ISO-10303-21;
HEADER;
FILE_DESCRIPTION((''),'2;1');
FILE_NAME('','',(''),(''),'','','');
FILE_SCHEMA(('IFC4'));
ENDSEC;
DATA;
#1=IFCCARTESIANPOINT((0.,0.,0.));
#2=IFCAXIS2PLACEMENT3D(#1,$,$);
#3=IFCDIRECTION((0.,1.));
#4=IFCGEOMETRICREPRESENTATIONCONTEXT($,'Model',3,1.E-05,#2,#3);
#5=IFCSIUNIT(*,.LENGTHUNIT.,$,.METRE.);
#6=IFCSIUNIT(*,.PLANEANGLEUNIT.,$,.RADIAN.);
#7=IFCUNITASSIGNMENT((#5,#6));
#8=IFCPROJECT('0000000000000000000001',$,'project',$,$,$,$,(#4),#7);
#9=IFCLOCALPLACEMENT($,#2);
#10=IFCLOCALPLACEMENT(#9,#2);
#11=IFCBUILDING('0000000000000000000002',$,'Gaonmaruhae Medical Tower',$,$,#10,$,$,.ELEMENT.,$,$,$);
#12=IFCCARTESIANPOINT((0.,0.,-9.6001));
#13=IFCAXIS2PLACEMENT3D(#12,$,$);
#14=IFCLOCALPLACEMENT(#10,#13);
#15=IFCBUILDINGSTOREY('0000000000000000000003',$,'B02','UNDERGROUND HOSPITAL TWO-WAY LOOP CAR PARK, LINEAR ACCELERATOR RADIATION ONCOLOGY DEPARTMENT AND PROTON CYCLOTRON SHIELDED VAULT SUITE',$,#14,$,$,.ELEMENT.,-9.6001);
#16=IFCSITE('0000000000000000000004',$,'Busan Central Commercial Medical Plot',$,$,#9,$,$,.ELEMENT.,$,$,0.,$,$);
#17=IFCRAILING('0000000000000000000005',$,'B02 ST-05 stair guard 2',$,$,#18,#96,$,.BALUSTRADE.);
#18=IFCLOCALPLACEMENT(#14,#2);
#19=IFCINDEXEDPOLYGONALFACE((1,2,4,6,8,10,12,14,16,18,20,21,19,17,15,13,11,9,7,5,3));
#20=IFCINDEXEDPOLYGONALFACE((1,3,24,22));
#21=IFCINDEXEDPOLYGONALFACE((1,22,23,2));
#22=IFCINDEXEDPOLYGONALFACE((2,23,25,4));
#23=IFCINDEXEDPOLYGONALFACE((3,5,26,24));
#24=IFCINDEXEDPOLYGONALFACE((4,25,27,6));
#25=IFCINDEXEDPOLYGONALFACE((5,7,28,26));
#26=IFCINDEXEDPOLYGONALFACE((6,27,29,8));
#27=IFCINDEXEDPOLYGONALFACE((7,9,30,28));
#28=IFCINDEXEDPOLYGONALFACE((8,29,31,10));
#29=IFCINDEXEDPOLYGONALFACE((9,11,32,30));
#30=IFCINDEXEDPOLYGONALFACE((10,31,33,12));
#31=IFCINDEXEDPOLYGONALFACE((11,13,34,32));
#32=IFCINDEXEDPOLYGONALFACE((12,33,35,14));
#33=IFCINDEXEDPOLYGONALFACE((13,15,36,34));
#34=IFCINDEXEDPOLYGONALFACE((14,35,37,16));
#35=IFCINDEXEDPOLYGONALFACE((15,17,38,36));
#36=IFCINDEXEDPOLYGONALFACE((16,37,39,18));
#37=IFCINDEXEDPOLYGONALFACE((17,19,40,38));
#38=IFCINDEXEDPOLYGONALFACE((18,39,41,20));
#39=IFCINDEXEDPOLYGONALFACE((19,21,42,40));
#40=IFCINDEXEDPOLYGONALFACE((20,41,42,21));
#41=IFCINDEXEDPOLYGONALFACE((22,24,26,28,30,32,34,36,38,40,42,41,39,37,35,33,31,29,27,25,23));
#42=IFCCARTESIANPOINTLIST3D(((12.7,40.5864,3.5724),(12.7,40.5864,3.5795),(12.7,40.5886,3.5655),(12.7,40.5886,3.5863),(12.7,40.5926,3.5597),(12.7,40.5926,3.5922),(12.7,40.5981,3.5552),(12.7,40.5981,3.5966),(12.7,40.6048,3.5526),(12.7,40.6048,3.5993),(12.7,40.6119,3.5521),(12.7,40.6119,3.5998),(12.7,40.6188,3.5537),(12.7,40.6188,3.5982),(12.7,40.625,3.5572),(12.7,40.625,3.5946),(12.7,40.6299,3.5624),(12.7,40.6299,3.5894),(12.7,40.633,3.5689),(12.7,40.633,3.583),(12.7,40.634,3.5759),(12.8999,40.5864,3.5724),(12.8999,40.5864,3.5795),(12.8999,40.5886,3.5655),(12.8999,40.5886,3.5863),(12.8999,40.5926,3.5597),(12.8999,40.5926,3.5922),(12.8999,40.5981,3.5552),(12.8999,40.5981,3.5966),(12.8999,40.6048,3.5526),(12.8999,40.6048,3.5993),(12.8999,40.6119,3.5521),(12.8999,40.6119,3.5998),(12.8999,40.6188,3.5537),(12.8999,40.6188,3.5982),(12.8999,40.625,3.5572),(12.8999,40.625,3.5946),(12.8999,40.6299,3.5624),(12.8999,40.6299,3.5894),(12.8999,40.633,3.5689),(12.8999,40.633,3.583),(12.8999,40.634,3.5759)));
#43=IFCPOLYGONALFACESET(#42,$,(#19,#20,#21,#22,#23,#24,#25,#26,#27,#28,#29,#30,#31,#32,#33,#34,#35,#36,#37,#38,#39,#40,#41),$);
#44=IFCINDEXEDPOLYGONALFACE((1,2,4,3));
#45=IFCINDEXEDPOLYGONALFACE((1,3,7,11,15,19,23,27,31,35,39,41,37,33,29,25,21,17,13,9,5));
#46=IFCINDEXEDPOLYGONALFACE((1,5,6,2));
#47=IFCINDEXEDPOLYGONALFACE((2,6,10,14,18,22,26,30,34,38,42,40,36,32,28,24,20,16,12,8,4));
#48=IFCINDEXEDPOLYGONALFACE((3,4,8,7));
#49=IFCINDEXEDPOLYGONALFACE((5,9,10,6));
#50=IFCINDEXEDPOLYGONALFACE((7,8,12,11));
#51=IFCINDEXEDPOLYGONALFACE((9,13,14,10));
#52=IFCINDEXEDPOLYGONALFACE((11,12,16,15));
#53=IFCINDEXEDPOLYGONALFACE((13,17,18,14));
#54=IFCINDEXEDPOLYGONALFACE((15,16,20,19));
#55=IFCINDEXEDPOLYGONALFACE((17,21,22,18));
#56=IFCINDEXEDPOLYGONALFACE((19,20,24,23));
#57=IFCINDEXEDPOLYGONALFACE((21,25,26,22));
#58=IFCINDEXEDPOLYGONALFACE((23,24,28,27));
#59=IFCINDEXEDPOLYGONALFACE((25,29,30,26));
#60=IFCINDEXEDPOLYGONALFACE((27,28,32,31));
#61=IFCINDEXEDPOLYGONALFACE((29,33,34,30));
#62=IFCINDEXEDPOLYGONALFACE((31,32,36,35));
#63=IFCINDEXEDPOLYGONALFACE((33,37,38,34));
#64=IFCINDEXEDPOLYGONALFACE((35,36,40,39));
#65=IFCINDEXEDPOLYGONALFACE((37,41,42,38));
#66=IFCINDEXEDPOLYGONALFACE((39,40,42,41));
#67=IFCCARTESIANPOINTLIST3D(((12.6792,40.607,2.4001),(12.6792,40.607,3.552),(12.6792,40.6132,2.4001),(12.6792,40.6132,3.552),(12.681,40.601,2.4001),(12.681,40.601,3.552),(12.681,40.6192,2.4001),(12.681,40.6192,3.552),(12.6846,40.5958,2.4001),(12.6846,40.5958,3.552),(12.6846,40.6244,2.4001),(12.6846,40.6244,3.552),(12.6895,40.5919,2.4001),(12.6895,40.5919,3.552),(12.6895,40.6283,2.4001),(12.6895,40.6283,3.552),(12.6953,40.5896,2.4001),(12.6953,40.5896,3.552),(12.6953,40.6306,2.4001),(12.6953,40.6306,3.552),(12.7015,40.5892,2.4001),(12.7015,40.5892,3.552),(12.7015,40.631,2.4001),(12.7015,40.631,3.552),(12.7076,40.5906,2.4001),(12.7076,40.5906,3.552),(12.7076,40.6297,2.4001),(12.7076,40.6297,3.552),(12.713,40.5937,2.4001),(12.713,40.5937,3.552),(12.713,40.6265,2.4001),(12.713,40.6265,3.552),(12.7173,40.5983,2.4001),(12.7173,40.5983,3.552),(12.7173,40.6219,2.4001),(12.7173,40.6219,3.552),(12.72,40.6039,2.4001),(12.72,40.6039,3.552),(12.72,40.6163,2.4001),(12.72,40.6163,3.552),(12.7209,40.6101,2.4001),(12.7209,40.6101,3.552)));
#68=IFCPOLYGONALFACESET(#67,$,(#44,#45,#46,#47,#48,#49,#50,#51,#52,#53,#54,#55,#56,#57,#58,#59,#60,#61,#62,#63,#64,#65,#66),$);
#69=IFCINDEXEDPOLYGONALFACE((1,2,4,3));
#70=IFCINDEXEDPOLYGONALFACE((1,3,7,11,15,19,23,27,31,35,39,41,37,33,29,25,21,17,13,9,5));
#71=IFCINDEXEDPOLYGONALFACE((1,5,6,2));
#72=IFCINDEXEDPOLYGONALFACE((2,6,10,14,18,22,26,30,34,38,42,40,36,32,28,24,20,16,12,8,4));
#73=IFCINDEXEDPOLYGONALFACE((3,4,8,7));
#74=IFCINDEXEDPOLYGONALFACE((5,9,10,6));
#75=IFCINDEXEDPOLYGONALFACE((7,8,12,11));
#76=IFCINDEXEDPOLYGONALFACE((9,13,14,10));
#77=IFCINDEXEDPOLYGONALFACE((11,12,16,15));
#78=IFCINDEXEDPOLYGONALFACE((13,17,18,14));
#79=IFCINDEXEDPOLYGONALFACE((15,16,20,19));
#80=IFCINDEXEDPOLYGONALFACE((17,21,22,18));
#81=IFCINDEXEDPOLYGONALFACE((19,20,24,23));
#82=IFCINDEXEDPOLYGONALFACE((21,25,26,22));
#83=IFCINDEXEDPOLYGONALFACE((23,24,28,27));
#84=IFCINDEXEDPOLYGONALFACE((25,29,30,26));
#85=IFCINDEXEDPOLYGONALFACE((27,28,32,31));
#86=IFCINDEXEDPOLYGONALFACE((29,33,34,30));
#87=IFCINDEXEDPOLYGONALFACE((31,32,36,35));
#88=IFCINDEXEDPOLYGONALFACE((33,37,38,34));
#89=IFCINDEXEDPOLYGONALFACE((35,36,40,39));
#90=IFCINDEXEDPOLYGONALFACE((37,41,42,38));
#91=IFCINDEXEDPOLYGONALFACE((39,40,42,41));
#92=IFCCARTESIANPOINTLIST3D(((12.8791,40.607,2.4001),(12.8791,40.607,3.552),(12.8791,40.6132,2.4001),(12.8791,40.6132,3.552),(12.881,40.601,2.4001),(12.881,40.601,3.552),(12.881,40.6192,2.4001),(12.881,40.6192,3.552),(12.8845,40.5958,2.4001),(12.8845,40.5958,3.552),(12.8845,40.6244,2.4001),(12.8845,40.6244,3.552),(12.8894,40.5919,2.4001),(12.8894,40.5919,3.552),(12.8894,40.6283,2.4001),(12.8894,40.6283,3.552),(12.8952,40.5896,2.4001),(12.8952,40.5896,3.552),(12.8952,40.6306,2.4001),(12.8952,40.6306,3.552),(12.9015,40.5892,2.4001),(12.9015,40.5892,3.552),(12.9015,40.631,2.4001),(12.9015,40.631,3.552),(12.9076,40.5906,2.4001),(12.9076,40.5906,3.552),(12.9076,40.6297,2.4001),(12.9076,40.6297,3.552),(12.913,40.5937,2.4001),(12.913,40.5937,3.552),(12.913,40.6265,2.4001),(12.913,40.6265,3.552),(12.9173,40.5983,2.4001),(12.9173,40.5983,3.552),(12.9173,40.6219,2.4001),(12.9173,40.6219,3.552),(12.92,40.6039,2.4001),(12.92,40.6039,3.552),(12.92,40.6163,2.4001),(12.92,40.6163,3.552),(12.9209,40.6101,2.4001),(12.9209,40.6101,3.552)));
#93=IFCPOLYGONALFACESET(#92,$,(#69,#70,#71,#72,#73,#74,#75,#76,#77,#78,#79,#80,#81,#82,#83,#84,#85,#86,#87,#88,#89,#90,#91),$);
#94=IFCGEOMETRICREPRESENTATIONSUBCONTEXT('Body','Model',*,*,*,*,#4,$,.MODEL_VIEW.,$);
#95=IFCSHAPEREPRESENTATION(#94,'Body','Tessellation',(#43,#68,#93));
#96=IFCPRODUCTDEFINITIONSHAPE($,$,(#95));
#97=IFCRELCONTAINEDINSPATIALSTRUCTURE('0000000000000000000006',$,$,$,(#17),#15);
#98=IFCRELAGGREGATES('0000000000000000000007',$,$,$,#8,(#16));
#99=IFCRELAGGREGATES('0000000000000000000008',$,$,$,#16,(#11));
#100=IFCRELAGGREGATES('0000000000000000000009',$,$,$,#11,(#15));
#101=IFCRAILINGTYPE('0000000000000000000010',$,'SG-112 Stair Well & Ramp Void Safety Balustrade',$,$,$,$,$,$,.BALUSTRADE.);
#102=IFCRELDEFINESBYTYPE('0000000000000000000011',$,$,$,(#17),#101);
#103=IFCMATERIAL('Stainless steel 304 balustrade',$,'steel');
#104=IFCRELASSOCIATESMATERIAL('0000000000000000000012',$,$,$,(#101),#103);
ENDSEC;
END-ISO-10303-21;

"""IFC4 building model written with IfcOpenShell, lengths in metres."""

from ifc_helpers import new_model, si_unit, direction, frame, origin, origin_2d, place, context, subcontext, project, spatial, circle, extrude, material, type_object, element, save


model = new_model("IFC4")

# Units and contexts
model_context = context("Model", 3, precision=1e-05, world=origin(), true_north=direction((0.0, 1.0)))
body_context = subcontext(model_context, "Body", "Model", "MODEL_VIEW")
ifc_project = project(units=[si_unit("LENGTHUNIT", "METRE"), si_unit("PLANEANGLEUNIT", "RADIAN")], contexts=[model_context])

# Site, building, storey
site_placement = place(None, origin())
site = spatial("IfcSite", under=ifc_project, at=site_placement, Name="Busan Central Commercial Medical Plot", CompositionType="ELEMENT", RefElevation=0.0)
building_placement = place(site_placement, origin())
building = spatial("IfcBuilding", under=site, at=building_placement, Name="Gaonmaruhae Medical Tower", CompositionType="ELEMENT")
storey_placement = place(building_placement, frame((0.0, 0.0, -9.6001)))
storey = spatial("IfcBuildingStorey", under=building, at=storey_placement, Name="B02", Description="UNDERGROUND HOSPITAL TWO-WAY LOOP CAR PARK, LINEAR ACCELERATOR RADIATION ONCOLOGY DEPARTMENT AND PROTON CYCLOTRON SHIELDED VAULT SUITE", CompositionType="ELEMENT", Elevation=-9.6001)

# Railing
ifc_material_1 = material(Name="Stainless steel 304 balustrade", Category="steel")
railing_type_1 = type_object("IfcRailingType", Name="SG-112 Stair Well & Ramp Void Safety Balustrade", PredefinedType="BALUSTRADE", material=ifc_material_1)
railing_1_placement = place(storey_placement, frame((12.7, 40.6101, 2.4001)))
element("IfcRailing", 1, at=railing_1_placement, inside=storey, type_object=railing_type_1, Name="B02 ST-05 stair guard 2", PredefinedType="BALUSTRADE", context=body_context, shape_type="SweptSolid", body=[
    extrude(circle(Radius=0.0239, at=origin_2d()), frame((0.0, 0.0, 1.1758), z_axis=(1.0, 0.0, 0.0), x_axis=(0.0, 1.0, 0.0)), (0.0, 0.0, 1.0), 0.2),
    extrude(circle(Radius=0.021, at=origin_2d()), origin(), (0.0, 0.0, 1.0), 1.1519),
    extrude(circle(Radius=0.021, at=origin_2d()), frame((0.2, 0.0, 0.0)), (0.0, 0.0, 1.0), 1.1519),
])

save(model, "model.ifc")
